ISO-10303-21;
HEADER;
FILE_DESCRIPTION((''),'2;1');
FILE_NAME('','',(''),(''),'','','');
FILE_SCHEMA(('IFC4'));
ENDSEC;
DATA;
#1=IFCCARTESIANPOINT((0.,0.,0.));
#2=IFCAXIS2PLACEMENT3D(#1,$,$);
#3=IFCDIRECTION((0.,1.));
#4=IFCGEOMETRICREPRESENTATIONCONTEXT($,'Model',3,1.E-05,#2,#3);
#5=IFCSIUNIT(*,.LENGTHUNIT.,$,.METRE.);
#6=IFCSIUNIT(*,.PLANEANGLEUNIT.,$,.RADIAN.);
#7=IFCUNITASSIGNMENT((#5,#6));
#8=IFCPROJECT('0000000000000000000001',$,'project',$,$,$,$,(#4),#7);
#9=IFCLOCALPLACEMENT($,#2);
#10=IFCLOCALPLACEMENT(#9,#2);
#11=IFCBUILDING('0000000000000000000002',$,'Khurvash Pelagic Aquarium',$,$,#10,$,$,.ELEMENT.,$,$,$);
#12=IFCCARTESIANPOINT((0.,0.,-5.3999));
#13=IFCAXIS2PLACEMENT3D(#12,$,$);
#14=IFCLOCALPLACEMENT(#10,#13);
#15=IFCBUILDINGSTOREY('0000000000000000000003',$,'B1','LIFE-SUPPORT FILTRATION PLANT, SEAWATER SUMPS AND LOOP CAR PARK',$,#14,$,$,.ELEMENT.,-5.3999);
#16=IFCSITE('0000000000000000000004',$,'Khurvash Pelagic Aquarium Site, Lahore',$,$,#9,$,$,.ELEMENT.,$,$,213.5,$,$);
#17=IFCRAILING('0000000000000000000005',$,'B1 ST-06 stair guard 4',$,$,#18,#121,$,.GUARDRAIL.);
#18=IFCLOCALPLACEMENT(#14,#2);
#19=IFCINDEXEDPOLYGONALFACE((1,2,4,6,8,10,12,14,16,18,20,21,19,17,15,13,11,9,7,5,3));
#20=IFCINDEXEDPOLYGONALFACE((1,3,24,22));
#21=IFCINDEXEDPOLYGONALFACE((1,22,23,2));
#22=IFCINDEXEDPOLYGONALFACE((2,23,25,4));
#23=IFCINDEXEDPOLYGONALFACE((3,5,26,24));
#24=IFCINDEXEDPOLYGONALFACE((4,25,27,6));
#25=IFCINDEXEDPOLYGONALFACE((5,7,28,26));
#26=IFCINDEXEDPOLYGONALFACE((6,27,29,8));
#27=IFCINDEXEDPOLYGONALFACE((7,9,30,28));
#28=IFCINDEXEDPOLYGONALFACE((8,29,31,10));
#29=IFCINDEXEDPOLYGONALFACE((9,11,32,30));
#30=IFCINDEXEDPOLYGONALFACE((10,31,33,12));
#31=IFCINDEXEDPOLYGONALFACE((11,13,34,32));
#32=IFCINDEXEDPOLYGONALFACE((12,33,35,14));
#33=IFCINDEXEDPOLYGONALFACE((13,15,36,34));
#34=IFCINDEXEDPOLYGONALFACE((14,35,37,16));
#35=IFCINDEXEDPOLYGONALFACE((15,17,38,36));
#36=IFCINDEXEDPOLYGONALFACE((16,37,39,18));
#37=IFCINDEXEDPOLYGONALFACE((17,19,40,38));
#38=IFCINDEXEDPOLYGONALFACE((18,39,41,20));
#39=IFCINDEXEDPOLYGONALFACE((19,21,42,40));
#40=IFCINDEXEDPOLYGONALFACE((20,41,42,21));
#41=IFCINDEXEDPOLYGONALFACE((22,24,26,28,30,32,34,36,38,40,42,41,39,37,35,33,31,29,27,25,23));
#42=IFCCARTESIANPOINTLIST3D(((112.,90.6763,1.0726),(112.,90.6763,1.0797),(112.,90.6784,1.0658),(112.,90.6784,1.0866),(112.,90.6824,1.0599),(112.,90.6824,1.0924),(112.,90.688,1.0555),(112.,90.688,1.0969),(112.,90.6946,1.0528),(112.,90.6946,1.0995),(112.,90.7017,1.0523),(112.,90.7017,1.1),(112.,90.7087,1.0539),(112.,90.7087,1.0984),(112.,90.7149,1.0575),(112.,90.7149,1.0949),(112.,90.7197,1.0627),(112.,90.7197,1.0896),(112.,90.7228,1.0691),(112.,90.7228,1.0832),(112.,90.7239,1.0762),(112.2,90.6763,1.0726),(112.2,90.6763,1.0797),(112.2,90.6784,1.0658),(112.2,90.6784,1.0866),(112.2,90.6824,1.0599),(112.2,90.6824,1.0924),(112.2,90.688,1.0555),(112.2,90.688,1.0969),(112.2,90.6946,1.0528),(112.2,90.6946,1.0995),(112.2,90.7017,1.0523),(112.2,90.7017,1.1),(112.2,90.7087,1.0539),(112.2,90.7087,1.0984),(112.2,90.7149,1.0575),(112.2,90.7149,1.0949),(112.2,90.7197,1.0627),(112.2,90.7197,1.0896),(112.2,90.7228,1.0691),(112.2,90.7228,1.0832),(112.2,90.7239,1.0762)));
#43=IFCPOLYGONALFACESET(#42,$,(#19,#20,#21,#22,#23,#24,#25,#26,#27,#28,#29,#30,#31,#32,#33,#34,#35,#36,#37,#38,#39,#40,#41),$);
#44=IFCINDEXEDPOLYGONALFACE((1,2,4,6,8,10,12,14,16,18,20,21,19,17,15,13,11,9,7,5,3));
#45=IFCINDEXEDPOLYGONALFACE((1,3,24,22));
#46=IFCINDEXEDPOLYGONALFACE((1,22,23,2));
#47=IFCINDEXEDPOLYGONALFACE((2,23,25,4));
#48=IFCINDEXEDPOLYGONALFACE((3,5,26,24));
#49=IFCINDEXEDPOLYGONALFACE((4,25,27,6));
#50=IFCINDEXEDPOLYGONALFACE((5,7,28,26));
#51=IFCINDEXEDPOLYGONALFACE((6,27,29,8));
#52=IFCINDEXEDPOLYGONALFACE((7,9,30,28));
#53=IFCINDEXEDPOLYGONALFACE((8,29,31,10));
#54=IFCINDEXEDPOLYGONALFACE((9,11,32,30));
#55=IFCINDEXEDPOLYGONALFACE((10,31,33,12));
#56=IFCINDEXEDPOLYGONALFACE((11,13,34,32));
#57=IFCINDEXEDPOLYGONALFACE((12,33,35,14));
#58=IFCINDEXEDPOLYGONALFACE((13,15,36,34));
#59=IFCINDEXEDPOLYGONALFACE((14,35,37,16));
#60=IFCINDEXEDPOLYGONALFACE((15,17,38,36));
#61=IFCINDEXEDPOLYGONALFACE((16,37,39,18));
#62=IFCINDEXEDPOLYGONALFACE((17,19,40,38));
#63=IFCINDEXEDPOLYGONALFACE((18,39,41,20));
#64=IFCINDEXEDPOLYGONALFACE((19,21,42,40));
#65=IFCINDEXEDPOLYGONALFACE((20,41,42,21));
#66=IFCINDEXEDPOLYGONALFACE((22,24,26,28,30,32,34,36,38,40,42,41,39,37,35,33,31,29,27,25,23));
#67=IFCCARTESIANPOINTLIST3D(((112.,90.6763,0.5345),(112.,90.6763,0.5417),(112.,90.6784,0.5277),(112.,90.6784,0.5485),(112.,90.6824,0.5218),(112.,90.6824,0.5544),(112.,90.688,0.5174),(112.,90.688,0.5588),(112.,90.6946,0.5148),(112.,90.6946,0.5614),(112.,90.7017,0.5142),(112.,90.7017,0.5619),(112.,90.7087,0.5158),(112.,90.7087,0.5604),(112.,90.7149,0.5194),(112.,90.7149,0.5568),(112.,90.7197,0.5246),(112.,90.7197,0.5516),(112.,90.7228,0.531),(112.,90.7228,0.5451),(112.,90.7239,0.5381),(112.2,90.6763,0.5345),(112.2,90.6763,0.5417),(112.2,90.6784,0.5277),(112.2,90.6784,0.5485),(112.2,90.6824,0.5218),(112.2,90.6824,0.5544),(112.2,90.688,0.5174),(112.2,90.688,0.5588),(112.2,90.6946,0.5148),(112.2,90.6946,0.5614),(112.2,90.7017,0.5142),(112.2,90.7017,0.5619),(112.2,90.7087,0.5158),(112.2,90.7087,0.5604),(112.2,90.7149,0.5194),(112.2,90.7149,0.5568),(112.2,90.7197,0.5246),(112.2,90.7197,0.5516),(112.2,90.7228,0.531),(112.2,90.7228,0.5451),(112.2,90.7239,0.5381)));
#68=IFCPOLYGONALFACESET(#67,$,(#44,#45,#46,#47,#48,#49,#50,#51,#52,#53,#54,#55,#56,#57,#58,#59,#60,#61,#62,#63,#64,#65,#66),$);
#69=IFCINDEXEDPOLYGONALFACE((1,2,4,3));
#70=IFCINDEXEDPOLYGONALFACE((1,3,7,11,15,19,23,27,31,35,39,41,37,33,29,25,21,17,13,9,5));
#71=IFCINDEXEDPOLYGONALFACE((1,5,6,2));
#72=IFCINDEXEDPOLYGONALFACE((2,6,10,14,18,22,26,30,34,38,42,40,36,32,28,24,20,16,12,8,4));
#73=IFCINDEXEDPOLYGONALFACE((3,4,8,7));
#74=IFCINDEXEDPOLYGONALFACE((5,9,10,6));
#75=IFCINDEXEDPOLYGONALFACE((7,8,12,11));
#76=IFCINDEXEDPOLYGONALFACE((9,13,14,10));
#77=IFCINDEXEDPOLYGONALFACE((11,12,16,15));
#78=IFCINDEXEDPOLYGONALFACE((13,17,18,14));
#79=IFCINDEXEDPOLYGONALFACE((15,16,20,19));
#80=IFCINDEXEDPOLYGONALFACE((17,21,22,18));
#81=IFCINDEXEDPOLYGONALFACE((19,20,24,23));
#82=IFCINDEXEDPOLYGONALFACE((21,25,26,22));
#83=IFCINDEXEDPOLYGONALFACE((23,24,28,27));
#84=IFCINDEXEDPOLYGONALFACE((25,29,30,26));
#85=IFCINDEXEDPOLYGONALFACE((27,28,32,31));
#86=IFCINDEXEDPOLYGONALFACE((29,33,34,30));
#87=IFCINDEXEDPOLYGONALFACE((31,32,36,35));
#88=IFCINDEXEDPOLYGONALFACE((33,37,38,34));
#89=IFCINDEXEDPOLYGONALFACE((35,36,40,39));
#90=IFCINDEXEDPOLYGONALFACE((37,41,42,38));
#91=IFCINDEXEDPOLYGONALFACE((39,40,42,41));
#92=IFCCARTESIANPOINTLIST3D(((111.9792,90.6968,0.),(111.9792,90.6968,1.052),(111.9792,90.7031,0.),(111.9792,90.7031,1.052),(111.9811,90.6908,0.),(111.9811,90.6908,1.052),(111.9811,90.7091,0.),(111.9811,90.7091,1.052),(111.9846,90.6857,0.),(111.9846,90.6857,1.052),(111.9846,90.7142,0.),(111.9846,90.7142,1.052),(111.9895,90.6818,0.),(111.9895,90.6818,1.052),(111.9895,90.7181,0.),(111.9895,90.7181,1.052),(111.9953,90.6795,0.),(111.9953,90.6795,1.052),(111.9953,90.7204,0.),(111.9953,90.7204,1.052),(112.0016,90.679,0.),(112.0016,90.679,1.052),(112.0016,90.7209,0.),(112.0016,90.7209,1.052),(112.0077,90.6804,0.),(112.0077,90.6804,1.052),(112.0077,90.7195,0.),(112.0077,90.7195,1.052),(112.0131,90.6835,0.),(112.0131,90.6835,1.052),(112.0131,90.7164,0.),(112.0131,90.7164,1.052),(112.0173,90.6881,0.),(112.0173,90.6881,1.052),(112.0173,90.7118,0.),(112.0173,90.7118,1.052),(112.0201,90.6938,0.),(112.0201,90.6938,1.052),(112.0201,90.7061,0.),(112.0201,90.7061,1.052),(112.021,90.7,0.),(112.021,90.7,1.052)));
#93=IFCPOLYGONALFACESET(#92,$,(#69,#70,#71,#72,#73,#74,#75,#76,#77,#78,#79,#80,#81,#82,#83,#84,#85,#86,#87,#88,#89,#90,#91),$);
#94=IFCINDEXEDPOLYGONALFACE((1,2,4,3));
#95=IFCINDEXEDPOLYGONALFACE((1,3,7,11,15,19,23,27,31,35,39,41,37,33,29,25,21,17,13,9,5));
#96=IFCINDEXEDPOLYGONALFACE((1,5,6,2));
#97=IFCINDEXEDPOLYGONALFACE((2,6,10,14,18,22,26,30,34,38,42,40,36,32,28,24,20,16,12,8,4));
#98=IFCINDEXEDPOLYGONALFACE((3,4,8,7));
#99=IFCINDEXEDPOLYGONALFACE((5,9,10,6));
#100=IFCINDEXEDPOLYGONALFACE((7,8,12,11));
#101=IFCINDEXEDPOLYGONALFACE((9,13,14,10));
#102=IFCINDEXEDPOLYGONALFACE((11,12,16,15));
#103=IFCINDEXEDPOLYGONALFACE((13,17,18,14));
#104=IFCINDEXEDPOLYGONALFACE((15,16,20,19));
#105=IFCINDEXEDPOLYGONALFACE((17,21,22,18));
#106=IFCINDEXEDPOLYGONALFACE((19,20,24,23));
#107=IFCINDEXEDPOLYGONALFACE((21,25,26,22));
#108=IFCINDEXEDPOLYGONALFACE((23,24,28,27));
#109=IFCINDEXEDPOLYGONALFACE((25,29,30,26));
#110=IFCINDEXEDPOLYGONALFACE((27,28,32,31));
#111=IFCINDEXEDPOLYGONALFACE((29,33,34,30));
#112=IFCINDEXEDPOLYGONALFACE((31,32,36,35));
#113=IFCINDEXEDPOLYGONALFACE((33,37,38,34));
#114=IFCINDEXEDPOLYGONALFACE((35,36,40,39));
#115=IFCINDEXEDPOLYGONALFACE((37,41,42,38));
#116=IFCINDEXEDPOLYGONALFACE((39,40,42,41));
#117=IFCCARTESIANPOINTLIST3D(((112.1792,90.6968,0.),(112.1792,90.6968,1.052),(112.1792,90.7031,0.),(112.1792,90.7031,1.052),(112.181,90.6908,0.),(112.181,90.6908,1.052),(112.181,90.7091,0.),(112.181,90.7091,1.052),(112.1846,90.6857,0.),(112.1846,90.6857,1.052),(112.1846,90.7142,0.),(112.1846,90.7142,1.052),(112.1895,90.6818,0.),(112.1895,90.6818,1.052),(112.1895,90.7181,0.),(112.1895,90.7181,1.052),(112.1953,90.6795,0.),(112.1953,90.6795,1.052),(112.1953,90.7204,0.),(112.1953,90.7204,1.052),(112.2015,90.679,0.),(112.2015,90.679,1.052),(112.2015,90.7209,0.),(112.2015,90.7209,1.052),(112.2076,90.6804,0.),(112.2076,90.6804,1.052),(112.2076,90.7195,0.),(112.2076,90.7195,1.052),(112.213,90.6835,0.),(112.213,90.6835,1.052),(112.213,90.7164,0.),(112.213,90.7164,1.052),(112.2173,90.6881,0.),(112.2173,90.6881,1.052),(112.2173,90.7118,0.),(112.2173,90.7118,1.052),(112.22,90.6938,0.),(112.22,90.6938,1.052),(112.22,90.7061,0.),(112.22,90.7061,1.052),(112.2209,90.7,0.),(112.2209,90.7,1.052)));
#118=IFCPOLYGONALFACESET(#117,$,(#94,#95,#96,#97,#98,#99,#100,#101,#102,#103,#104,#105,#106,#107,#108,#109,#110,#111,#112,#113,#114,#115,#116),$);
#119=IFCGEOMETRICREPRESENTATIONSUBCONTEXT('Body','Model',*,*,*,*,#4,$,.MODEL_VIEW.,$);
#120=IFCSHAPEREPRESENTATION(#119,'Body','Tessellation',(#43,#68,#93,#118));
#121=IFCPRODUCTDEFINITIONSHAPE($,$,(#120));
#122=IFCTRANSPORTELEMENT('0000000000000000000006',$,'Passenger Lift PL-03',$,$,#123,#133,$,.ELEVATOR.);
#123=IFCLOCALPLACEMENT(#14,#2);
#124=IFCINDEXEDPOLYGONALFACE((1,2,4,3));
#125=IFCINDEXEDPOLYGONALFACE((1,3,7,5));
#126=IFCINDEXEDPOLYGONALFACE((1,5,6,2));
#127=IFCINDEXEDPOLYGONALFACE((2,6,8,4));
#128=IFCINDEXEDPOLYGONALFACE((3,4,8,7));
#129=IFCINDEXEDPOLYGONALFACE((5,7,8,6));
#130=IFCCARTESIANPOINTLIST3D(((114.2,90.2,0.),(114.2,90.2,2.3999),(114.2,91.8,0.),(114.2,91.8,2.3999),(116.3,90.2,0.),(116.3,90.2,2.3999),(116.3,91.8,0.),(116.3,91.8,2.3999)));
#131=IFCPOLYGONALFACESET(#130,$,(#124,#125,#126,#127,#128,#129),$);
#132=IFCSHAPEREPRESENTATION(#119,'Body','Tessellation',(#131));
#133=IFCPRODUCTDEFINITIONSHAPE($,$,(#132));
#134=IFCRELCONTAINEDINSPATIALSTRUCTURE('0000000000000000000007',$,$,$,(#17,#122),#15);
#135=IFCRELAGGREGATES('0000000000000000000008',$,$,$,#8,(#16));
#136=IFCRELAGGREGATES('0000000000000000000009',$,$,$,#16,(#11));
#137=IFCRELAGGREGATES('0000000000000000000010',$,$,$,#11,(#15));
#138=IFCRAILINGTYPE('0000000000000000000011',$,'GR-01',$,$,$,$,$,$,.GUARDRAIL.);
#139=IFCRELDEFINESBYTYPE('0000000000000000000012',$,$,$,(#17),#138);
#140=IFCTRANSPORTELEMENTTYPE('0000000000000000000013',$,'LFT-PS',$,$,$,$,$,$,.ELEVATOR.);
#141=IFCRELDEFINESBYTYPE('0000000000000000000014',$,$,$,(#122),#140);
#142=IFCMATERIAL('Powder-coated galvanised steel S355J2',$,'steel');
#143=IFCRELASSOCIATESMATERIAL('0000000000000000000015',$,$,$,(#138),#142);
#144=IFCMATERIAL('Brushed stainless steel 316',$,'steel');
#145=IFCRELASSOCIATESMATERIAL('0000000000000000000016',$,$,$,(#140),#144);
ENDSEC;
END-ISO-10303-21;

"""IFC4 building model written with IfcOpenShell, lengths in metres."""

from ifc_helpers import new_model, si_unit, direction, frame, origin, origin_2d, place, context, subcontext, project, spatial, rectangle, circle, extrude, material, type_object, element, save


model = new_model("IFC4")

# Units and contexts
model_context = context("Model", 3, precision=1e-05, world=origin(), true_north=direction((0.0, 1.0)))
body_context = subcontext(model_context, "Body", "Model", "MODEL_VIEW")
ifc_project = project(units=[si_unit("LENGTHUNIT", "METRE"), si_unit("PLANEANGLEUNIT", "RADIAN")], contexts=[model_context])

# Site, building, storey
site_placement = place(None, origin())
site = spatial("IfcSite", under=ifc_project, at=site_placement, Name="Khurvash Pelagic Aquarium Site, Lahore", CompositionType="ELEMENT", RefElevation=213.5)
building_placement = place(site_placement, origin())
building = spatial("IfcBuilding", under=site, at=building_placement, Name="Khurvash Pelagic Aquarium", CompositionType="ELEMENT")
storey_placement = place(building_placement, frame((0.0, 0.0, -5.3999)))
storey = spatial("IfcBuildingStorey", under=building, at=storey_placement, Name="B1", Description="LIFE-SUPPORT FILTRATION PLANT, SEAWATER SUMPS AND LOOP CAR PARK", CompositionType="ELEMENT", Elevation=-5.3999)

# Railing
ifc_material_1 = material(Name="Powder-coated galvanised steel S355J2", Category="steel")
railing_type = type_object("IfcRailingType", Name="GR-01", PredefinedType="GUARDRAIL", material=ifc_material_1)
railing_1_placement = place(storey_placement, frame((112.0, 90.7, 0.0)))
element("IfcRailing", 1, at=railing_1_placement, inside=storey, type_object=railing_type, Name="B1 ST-06 stair guard 4", PredefinedType="GUARDRAIL", context=body_context, shape_type="SweptSolid", body=[
    extrude(circle(Radius=0.0239, at=origin_2d()), frame((0.0, 0.0, 1.0762), z_axis=(1.0, 0.0, 0.0), x_axis=(0.0, 1.0, 0.0)), (0.0, 0.0, 1.0), 0.2),
    extrude(circle(Radius=0.0239, at=origin_2d()), frame((0.0, 0.0, 0.5381), z_axis=(1.0, 0.0, 0.0), x_axis=(0.0, 1.0, 0.0)), (0.0, 0.0, 1.0), 0.2),
    extrude(circle(Radius=0.021, at=origin_2d()), origin(), (0.0, 0.0, 1.0), 1.052),
    extrude(circle(Radius=0.021, at=origin_2d()), frame((0.2, 0.0, 0.0)), (0.0, 0.0, 1.0), 1.052),
])

# Transport element
ifc_material_2 = material(Name="Brushed stainless steel 316", Category="steel")
transport_element_type = type_object("IfcTransportElementType", Name="LFT-PS", PredefinedType="ELEVATOR", material=ifc_material_2)
transport_element_placement = place(storey_placement, frame((115.25, 91.0, 0.0), z_axis=(0.0, 0.0, 1.0), x_axis=(1.0, 0.0, 0.0)))
element("IfcTransportElement", 2, at=transport_element_placement, inside=storey, type_object=transport_element_type, Name="Passenger Lift PL-03", PredefinedType="ELEVATOR", context=body_context, shape_type="SweptSolid", body=[
    extrude(rectangle(XDim=2.1001, YDim=1.6001, at=origin_2d()), origin(), (0.0, 0.0, 1.0), 2.3999),
])

save(model, "model.ifc")
